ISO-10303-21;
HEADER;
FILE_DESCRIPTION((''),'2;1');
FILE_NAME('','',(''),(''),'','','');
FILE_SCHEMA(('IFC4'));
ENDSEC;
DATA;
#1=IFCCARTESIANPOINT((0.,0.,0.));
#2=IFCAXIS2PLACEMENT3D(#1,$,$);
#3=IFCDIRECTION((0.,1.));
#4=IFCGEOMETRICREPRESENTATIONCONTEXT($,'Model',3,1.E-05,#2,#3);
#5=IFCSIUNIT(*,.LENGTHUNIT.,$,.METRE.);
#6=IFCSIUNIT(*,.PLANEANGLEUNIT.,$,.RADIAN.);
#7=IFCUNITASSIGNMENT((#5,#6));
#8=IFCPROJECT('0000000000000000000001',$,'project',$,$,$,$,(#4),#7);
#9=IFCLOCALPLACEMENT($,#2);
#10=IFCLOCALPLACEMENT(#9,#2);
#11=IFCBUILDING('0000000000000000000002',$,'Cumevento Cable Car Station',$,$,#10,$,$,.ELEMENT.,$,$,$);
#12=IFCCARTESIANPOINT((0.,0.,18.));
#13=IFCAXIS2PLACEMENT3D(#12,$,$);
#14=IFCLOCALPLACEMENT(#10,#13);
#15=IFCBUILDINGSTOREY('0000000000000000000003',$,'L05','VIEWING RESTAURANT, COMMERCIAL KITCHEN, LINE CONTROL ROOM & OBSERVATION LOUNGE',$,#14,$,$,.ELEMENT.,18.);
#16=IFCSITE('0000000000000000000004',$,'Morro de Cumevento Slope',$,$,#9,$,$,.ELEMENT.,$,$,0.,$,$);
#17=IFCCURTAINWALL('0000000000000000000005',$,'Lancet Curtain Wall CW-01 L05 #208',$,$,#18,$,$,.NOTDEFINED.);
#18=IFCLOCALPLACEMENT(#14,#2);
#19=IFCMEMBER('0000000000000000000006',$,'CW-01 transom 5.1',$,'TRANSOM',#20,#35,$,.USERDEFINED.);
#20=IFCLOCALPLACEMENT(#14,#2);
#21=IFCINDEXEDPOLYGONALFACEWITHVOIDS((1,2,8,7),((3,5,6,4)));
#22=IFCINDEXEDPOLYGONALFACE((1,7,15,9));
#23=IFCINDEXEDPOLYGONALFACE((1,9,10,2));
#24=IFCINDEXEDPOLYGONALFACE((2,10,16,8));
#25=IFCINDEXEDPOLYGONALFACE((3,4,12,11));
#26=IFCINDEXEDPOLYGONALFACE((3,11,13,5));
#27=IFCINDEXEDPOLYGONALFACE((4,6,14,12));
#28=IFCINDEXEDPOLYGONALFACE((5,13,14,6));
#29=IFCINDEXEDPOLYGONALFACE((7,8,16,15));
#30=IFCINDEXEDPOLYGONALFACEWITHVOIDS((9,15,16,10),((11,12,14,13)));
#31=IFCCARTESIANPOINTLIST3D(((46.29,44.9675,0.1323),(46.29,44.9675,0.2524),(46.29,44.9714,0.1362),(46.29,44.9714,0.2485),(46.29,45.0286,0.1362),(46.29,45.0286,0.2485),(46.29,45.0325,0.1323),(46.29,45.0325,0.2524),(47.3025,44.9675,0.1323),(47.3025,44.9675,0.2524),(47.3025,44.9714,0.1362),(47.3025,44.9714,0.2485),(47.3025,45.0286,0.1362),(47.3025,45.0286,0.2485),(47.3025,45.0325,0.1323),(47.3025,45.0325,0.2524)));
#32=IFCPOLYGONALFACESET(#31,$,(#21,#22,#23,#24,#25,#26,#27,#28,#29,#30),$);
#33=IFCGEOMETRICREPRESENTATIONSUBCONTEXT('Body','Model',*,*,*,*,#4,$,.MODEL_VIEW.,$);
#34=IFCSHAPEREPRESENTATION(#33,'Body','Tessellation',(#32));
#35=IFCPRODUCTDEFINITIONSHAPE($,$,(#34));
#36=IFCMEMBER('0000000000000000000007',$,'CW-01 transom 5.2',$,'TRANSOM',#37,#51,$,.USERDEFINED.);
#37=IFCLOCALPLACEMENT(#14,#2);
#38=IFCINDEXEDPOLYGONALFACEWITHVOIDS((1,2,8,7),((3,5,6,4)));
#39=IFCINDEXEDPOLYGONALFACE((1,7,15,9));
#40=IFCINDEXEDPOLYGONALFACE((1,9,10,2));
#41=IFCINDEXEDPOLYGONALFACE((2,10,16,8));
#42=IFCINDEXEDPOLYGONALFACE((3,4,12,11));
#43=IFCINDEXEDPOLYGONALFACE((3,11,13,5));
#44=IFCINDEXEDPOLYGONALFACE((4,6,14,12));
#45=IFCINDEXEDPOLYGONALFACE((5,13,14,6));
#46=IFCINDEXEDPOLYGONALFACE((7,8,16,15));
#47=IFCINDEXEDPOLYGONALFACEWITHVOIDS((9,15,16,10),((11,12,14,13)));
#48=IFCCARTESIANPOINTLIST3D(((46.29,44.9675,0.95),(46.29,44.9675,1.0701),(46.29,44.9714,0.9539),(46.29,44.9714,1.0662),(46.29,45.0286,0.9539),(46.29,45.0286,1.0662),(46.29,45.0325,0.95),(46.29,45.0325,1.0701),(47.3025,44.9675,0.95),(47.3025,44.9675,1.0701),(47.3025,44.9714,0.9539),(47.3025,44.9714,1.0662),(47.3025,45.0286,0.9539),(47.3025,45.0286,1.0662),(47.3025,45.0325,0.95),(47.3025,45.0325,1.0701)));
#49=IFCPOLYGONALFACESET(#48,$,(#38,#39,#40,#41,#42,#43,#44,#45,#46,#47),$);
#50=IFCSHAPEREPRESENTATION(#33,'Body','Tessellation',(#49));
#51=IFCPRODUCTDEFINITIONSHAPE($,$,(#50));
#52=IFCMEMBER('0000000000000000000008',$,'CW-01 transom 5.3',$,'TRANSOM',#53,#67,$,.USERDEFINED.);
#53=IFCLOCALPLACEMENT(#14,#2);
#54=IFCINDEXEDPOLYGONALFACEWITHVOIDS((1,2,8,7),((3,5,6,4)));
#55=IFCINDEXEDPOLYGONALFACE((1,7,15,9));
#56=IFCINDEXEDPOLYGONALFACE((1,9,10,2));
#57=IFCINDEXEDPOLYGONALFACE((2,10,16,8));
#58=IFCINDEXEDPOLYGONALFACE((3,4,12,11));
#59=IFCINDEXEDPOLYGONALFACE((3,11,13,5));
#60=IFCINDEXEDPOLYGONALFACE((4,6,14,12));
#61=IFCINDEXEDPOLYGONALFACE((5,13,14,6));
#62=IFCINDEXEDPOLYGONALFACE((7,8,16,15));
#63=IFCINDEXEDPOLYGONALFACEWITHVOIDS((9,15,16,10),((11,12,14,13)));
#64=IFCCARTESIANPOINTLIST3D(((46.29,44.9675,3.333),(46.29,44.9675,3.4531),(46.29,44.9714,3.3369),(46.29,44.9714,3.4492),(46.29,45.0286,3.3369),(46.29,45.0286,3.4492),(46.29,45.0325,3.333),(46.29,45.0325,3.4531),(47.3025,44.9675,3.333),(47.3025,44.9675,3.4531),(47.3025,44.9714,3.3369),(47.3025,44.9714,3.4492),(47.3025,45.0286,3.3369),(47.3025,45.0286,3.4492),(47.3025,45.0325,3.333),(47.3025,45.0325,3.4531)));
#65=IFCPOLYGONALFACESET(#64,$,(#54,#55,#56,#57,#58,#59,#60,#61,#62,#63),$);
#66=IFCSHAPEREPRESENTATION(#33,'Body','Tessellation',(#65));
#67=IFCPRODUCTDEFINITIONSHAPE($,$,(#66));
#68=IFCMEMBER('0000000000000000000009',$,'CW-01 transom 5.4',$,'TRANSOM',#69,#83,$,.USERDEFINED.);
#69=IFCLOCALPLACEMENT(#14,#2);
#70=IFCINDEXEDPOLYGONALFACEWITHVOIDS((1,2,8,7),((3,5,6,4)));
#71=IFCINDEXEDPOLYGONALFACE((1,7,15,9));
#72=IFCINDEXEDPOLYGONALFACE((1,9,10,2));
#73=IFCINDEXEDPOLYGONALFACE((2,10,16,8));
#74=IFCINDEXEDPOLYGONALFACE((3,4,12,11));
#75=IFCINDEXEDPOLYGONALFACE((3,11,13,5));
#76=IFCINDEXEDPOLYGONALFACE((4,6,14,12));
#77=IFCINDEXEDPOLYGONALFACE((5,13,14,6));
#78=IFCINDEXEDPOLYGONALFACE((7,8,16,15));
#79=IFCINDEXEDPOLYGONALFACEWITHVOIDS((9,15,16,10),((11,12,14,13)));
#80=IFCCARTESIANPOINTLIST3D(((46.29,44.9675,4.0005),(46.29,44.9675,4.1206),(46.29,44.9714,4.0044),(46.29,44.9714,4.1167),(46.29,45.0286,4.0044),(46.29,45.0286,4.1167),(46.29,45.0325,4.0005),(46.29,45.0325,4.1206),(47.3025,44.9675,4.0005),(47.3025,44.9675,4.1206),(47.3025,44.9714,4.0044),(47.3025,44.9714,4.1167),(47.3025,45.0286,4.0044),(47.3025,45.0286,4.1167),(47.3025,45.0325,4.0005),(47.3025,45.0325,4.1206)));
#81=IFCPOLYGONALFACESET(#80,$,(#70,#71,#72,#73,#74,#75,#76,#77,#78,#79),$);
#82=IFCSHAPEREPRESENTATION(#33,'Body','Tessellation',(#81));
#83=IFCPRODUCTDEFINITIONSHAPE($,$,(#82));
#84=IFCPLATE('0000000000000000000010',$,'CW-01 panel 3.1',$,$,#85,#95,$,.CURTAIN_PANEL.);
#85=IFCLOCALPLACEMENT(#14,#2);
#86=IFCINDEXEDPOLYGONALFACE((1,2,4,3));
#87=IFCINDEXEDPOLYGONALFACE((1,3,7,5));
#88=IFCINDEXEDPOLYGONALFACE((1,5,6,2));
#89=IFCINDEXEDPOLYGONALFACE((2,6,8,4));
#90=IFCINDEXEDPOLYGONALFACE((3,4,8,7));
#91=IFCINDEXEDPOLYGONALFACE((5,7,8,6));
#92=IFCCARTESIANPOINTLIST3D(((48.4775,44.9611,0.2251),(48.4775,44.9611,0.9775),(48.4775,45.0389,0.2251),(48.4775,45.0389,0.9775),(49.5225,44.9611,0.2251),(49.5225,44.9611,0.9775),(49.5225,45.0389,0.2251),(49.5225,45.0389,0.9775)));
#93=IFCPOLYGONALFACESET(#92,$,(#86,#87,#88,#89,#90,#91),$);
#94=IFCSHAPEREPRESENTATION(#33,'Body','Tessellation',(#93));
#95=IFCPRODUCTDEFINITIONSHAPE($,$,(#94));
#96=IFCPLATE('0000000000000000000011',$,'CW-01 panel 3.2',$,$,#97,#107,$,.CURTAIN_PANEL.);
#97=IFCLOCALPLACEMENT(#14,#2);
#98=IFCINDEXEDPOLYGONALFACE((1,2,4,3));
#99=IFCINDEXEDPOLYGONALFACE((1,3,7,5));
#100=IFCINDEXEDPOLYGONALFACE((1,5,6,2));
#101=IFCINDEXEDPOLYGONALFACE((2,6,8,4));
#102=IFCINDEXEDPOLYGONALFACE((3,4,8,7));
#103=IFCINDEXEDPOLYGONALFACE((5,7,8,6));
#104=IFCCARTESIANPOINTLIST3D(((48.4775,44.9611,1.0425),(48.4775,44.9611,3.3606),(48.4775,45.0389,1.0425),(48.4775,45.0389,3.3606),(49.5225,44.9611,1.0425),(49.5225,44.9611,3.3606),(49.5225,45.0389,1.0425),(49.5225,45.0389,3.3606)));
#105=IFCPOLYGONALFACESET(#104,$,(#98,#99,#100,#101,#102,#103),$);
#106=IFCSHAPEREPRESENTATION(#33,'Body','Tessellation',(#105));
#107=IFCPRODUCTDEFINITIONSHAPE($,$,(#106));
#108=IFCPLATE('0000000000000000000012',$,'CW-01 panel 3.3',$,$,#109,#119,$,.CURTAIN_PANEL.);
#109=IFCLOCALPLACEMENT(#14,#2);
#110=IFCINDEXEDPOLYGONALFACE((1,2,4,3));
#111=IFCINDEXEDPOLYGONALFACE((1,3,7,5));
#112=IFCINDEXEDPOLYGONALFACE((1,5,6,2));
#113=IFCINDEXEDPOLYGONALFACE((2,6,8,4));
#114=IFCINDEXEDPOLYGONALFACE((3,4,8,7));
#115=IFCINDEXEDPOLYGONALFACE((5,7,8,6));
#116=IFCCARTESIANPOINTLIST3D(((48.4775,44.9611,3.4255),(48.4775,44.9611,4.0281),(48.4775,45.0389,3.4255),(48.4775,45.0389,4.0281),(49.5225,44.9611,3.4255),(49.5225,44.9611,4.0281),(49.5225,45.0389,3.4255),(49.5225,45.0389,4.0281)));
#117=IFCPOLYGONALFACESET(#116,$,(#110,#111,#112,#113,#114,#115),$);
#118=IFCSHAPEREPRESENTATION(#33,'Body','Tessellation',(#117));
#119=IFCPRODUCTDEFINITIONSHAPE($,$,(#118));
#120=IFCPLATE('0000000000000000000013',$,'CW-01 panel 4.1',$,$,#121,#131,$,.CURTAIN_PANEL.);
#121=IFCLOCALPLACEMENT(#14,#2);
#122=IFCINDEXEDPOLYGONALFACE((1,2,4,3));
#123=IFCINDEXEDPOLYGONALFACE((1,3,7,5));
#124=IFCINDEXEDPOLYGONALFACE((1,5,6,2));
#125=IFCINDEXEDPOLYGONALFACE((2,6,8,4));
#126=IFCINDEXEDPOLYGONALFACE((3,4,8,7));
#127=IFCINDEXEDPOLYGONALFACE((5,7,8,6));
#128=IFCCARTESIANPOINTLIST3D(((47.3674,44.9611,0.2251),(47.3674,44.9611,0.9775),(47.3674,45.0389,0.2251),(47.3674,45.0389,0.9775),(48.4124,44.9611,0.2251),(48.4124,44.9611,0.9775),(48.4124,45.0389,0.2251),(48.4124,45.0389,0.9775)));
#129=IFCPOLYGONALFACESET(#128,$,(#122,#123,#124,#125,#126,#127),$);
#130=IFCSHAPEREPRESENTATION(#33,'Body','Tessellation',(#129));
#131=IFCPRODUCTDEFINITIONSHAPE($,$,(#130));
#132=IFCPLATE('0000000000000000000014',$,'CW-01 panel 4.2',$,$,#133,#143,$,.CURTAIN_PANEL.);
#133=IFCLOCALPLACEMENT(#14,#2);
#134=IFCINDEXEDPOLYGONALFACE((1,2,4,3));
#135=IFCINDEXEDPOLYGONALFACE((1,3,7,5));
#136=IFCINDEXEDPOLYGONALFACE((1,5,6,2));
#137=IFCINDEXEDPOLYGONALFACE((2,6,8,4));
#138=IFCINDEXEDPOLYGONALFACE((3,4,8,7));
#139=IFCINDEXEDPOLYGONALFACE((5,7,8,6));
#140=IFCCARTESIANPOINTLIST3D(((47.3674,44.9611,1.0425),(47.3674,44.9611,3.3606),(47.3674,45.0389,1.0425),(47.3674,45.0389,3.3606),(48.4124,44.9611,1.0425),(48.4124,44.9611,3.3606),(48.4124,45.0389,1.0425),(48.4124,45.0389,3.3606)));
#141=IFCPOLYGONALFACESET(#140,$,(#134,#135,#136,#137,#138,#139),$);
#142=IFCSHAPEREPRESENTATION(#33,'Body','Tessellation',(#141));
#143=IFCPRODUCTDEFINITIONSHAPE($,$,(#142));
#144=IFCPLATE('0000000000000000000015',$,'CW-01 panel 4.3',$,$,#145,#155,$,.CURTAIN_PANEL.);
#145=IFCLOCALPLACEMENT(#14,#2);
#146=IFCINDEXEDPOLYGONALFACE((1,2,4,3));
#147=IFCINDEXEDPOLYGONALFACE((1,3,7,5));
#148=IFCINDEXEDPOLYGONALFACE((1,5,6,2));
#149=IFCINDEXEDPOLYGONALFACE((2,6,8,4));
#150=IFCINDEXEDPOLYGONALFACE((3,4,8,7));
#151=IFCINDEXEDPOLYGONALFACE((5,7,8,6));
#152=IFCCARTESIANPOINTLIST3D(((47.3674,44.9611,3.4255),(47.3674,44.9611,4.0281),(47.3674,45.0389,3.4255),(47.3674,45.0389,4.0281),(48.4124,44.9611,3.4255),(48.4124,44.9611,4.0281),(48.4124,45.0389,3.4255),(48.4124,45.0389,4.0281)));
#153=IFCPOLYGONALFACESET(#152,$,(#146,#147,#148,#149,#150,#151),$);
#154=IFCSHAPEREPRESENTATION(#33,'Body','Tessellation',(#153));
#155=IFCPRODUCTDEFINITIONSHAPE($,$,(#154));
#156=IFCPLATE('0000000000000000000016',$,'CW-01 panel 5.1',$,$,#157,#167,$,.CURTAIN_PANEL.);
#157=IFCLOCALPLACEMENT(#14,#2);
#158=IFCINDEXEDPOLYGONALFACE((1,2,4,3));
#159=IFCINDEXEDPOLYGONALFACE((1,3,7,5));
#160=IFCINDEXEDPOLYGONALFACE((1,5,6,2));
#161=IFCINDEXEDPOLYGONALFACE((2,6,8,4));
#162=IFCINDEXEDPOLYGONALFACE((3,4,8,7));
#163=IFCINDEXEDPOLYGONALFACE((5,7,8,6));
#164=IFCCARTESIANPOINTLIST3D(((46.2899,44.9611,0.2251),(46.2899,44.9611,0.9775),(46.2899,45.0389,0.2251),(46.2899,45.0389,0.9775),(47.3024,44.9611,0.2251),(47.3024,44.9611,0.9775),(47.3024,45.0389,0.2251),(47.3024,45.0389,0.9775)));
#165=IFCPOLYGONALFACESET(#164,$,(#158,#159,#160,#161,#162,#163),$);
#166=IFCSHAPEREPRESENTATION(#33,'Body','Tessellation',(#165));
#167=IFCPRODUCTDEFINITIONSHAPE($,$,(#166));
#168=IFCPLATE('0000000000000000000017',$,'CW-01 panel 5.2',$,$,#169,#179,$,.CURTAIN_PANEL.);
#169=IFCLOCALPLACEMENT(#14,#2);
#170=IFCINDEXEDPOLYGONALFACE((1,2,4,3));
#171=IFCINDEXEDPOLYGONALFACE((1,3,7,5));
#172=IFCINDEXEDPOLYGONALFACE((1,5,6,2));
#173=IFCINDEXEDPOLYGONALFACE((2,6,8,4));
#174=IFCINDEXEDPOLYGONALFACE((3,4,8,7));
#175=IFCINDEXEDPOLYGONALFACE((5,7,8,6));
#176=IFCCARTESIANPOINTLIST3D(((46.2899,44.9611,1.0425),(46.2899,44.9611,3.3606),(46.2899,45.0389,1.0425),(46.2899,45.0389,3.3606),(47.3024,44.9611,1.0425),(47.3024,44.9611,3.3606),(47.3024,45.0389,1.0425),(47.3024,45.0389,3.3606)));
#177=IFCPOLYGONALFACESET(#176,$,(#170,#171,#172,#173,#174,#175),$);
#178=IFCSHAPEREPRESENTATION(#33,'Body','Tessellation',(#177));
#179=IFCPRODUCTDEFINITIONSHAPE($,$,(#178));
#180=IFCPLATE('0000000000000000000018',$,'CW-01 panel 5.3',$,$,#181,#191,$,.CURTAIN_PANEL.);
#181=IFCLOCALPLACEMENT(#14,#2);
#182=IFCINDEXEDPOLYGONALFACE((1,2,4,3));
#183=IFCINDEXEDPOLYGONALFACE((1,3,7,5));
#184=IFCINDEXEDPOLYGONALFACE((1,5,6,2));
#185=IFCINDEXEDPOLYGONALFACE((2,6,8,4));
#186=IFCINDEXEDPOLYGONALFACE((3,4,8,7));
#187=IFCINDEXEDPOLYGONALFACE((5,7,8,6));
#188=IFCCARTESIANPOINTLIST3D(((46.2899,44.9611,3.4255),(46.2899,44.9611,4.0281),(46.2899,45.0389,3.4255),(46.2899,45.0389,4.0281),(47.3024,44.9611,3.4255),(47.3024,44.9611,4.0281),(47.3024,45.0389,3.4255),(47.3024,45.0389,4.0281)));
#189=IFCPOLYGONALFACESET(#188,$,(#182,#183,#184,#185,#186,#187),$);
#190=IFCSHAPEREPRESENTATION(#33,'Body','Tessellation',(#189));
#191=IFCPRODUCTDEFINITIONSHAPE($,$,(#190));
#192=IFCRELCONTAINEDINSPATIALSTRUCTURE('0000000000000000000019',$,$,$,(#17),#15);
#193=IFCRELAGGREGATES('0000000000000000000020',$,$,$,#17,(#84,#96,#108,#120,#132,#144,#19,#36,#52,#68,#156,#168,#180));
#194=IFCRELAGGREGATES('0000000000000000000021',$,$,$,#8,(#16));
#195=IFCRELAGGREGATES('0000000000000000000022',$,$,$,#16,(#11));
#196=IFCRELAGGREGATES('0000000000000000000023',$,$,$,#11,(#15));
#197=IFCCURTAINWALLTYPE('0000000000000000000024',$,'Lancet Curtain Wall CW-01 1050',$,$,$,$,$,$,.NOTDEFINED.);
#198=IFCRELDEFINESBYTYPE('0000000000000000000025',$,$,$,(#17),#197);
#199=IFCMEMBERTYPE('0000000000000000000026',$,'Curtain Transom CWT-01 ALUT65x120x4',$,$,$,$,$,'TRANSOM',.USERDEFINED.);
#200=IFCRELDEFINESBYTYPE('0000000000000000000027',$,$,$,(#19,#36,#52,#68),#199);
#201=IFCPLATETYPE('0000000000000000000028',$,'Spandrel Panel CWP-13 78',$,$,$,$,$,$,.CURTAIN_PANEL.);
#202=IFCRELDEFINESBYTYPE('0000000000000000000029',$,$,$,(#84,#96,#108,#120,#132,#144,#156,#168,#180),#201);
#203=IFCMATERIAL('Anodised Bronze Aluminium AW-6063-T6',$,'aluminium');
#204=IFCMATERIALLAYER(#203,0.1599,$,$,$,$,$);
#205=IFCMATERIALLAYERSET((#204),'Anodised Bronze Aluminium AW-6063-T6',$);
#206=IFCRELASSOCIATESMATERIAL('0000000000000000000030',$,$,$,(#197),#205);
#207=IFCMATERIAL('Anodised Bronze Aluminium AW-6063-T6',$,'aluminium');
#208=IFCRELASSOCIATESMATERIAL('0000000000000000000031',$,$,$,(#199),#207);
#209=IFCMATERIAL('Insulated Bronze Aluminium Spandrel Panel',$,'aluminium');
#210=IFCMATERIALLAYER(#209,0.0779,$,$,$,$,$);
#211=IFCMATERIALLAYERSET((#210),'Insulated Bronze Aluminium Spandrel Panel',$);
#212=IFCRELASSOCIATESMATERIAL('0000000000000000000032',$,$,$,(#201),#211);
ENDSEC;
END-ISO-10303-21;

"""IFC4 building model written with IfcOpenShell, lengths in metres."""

from ifc_helpers import new_model, si_unit, direction, frame, origin, origin_2d, place, context, subcontext, project, spatial, rectangle, hollow_rectangle, extrude, material, layer, layer_set, material_profile, profile_set, type_object, element, aggregate, save


model = new_model("IFC4")

# Units and contexts
model_context = context("Model", 3, precision=1e-05, world=origin(), true_north=direction((0.0, 1.0)))
body_context = subcontext(model_context, "Body", "Model", "MODEL_VIEW")
ifc_project = project(units=[si_unit("LENGTHUNIT", "METRE"), si_unit("PLANEANGLEUNIT", "RADIAN")], contexts=[model_context])

# Site, building, storey
site_placement = place(None, origin())
site = spatial("IfcSite", under=ifc_project, at=site_placement, Name="Morro de Cumevento Slope", CompositionType="ELEMENT", RefElevation=0.0)
building_placement = place(site_placement, origin())
building = spatial("IfcBuilding", under=site, at=building_placement, Name="Cumevento Cable Car Station", CompositionType="ELEMENT")
storey_placement = place(building_placement, frame((0.0, 0.0, 18.0)))
storey = spatial("IfcBuildingStorey", under=building, at=storey_placement, Name="L05", Description="VIEWING RESTAURANT, COMMERCIAL KITCHEN, LINE CONTROL ROOM & OBSERVATION LOUNGE", CompositionType="ELEMENT", Elevation=18.0)

# Curtain wall, members, plates
ifc_material_1 = material(Name="Anodised Bronze Aluminium AW-6063-T6", Category="aluminium")
ifc_layer_1 = layer(ifc_material_1, 0.1599)
ifc_layer_set_1 = layer_set([ifc_layer_1], Name="Anodised Bronze Aluminium AW-6063-T6")
curtain_wall_type = type_object("IfcCurtainWallType", Name="Lancet Curtain Wall CW-01 1050", PredefinedType="NOTDEFINED", material=ifc_layer_set_1)
curtain_wall_placement = place(storey_placement, origin())
curtain_wall = element("IfcCurtainWall", 1, at=curtain_wall_placement, inside=storey, type_object=curtain_wall_type, Name="Lancet Curtain Wall CW-01 L05 #208", PredefinedType="NOTDEFINED")
ifc_material_2 = material(Name="Anodised Bronze Aluminium AW-6063-T6", Category="aluminium")
ifc_material_profile_1 = material_profile(ifc_material_2, hollow_rectangle(XDim=0.0649, YDim=0.1201, WallThickness=0.0039, at=origin_2d()), Name="ALUT65x120x4")
ifc_profile_set_1 = profile_set([ifc_material_profile_1], Name="Anodised Bronze Aluminium AW-6063-T6")
member_type_1 = type_object("IfcMemberType", Name="Curtain Transom CWT-01 ALUT65x120x4", ElementType="TRANSOM", PredefinedType="USERDEFINED", material=ifc_profile_set_1)
member_1_placement = place(storey_placement, frame((47.3025, 45.0, 0.1924), z_axis=(-1.0, 0.0, 0.0), x_axis=(0.0, -1.0, 0.0)))
member_1 = element("IfcMember", 2, at=member_1_placement, type_object=member_type_1, Name="CW-01 transom 5.1", ObjectType="TRANSOM", PredefinedType="USERDEFINED", context=body_context, shape_type="SweptSolid", body=[
    extrude(hollow_rectangle(XDim=0.0649, YDim=0.1201, WallThickness=0.0039, at=origin_2d()), origin(), (0.0, 0.0, 1.0), 1.0125),
])
member_2_placement = place(storey_placement, frame((47.3025, 45.0, 1.01), z_axis=(-1.0, 0.0, 0.0), x_axis=(0.0, -1.0, 0.0)))
member_2 = element("IfcMember", 3, at=member_2_placement, type_object=member_type_1, Name="CW-01 transom 5.2", ObjectType="TRANSOM", PredefinedType="USERDEFINED", context=body_context, shape_type="SweptSolid", body=[
    extrude(hollow_rectangle(XDim=0.0649, YDim=0.1201, WallThickness=0.0039, at=origin_2d()), origin(), (0.0, 0.0, 1.0), 1.0125),
])
member_3_placement = place(storey_placement, frame((47.3025, 45.0, 3.3931), z_axis=(-1.0, 0.0, 0.0), x_axis=(0.0, -1.0, 0.0)))
member_3 = element("IfcMember", 4, at=member_3_placement, type_object=member_type_1, Name="CW-01 transom 5.3", ObjectType="TRANSOM", PredefinedType="USERDEFINED", context=body_context, shape_type="SweptSolid", body=[
    extrude(hollow_rectangle(XDim=0.0649, YDim=0.1201, WallThickness=0.0039, at=origin_2d()), origin(), (0.0, 0.0, 1.0), 1.0125),
])
member_4_placement = place(storey_placement, frame((47.3025, 45.0, 4.0605), z_axis=(-1.0, 0.0, 0.0), x_axis=(0.0, -1.0, 0.0)))
member_4 = element("IfcMember", 5, at=member_4_placement, type_object=member_type_1, Name="CW-01 transom 5.4", ObjectType="TRANSOM", PredefinedType="USERDEFINED", context=body_context, shape_type="SweptSolid", body=[
    extrude(hollow_rectangle(XDim=0.0649, YDim=0.1201, WallThickness=0.0039, at=origin_2d()), origin(), (0.0, 0.0, 1.0), 1.0125),
])
ifc_material_3 = material(Name="Insulated Bronze Aluminium Spandrel Panel", Category="aluminium")
ifc_layer_2 = layer(ifc_material_3, 0.0779)
ifc_layer_set_2 = layer_set([ifc_layer_2], Name="Insulated Bronze Aluminium Spandrel Panel")
plate_type = type_object("IfcPlateType", Name="Spandrel Panel CWP-13 78", PredefinedType="CURTAIN_PANEL", material=ifc_layer_set_2)
plate_1_placement = place(storey_placement, frame((49.0, 45.0, 0.2251), z_axis=(0.0, 0.0, 1.0), x_axis=(-1.0, 0.0, 0.0)))
plate_1 = element("IfcPlate", 6, at=plate_1_placement, type_object=plate_type, Name="CW-01 panel 3.1", PredefinedType="CURTAIN_PANEL", context=body_context, shape_type="SweptSolid", body=[
    extrude(rectangle(XDim=1.0449, YDim=0.0779, at=origin_2d()), origin(), (0.0, 0.0, 1.0), 0.7524),
])
plate_2_placement = place(storey_placement, frame((49.0, 45.0, 1.0425), z_axis=(0.0, 0.0, 1.0), x_axis=(-1.0, 0.0, 0.0)))
plate_2 = element("IfcPlate", 7, at=plate_2_placement, type_object=plate_type, Name="CW-01 panel 3.2", PredefinedType="CURTAIN_PANEL", context=body_context, shape_type="SweptSolid", body=[
    extrude(rectangle(XDim=1.0449, YDim=0.0779, at=origin_2d()), origin(), (0.0, 0.0, 1.0), 2.3181),
])
plate_3_placement = place(storey_placement, frame((49.0, 45.0, 3.4255), z_axis=(0.0, 0.0, 1.0), x_axis=(-1.0, 0.0, 0.0)))
plate_3 = element("IfcPlate", 8, at=plate_3_placement, type_object=plate_type, Name="CW-01 panel 3.3", PredefinedType="CURTAIN_PANEL", context=body_context, shape_type="SweptSolid", body=[
    extrude(rectangle(XDim=1.0449, YDim=0.0779, at=origin_2d()), origin(), (0.0, 0.0, 1.0), 0.6025),
])
plate_4_placement = place(storey_placement, frame((47.8899, 45.0, 0.2251), z_axis=(0.0, 0.0, 1.0), x_axis=(-1.0, 0.0, 0.0)))
plate_4 = element("IfcPlate", 9, at=plate_4_placement, type_object=plate_type, Name="CW-01 panel 4.1", PredefinedType="CURTAIN_PANEL", context=body_context, shape_type="SweptSolid", body=[
    extrude(rectangle(XDim=1.0449, YDim=0.0779, at=origin_2d()), origin(), (0.0, 0.0, 1.0), 0.7524),
])
plate_5_placement = place(storey_placement, frame((47.8899, 45.0, 1.0425), z_axis=(0.0, 0.0, 1.0), x_axis=(-1.0, 0.0, 0.0)))
plate_5 = element("IfcPlate", 10, at=plate_5_placement, type_object=plate_type, Name="CW-01 panel 4.2", PredefinedType="CURTAIN_PANEL", context=body_context, shape_type="SweptSolid", body=[
    extrude(rectangle(XDim=1.0449, YDim=0.0779, at=origin_2d()), origin(), (0.0, 0.0, 1.0), 2.3181),
])
plate_6_placement = place(storey_placement, frame((47.8899, 45.0, 3.4255), z_axis=(0.0, 0.0, 1.0), x_axis=(-1.0, 0.0, 0.0)))
plate_6 = element("IfcPlate", 11, at=plate_6_placement, type_object=plate_type, Name="CW-01 panel 4.3", PredefinedType="CURTAIN_PANEL", context=body_context, shape_type="SweptSolid", body=[
    extrude(rectangle(XDim=1.0449, YDim=0.0779, at=origin_2d()), origin(), (0.0, 0.0, 1.0), 0.6025),
])
plate_7_placement = place(storey_placement, frame((46.7961, 45.0, 0.2251), z_axis=(0.0, 0.0, 1.0), x_axis=(-1.0, 0.0, 0.0)))
plate_7 = element("IfcPlate", 12, at=plate_7_placement, type_object=plate_type, Name="CW-01 panel 5.1", PredefinedType="CURTAIN_PANEL", context=body_context, shape_type="SweptSolid", body=[
    extrude(rectangle(XDim=1.0125, YDim=0.0779, at=origin_2d()), origin(), (0.0, 0.0, 1.0), 0.7524),
])
plate_8_placement = place(storey_placement, frame((46.7961, 45.0, 1.0425), z_axis=(0.0, 0.0, 1.0), x_axis=(-1.0, 0.0, 0.0)))
plate_8 = element("IfcPlate", 13, at=plate_8_placement, type_object=plate_type, Name="CW-01 panel 5.2", PredefinedType="CURTAIN_PANEL", context=body_context, shape_type="SweptSolid", body=[
    extrude(rectangle(XDim=1.0125, YDim=0.0779, at=origin_2d()), origin(), (0.0, 0.0, 1.0), 2.3181),
])
plate_9_placement = place(storey_placement, frame((46.7961, 45.0, 3.4255), z_axis=(0.0, 0.0, 1.0), x_axis=(-1.0, 0.0, 0.0)))
plate_9 = element("IfcPlate", 14, at=plate_9_placement, type_object=plate_type, Name="CW-01 panel 5.3", PredefinedType="CURTAIN_PANEL", context=body_context, shape_type="SweptSolid", body=[
    extrude(rectangle(XDim=1.0125, YDim=0.0779, at=origin_2d()), origin(), (0.0, 0.0, 1.0), 0.6025),
])
aggregate(curtain_wall, [plate_1, plate_2, plate_3, plate_4, plate_5, plate_6, member_1, member_2, member_3, member_4, plate_7, plate_8, plate_9])

save(model, "model.ifc")
